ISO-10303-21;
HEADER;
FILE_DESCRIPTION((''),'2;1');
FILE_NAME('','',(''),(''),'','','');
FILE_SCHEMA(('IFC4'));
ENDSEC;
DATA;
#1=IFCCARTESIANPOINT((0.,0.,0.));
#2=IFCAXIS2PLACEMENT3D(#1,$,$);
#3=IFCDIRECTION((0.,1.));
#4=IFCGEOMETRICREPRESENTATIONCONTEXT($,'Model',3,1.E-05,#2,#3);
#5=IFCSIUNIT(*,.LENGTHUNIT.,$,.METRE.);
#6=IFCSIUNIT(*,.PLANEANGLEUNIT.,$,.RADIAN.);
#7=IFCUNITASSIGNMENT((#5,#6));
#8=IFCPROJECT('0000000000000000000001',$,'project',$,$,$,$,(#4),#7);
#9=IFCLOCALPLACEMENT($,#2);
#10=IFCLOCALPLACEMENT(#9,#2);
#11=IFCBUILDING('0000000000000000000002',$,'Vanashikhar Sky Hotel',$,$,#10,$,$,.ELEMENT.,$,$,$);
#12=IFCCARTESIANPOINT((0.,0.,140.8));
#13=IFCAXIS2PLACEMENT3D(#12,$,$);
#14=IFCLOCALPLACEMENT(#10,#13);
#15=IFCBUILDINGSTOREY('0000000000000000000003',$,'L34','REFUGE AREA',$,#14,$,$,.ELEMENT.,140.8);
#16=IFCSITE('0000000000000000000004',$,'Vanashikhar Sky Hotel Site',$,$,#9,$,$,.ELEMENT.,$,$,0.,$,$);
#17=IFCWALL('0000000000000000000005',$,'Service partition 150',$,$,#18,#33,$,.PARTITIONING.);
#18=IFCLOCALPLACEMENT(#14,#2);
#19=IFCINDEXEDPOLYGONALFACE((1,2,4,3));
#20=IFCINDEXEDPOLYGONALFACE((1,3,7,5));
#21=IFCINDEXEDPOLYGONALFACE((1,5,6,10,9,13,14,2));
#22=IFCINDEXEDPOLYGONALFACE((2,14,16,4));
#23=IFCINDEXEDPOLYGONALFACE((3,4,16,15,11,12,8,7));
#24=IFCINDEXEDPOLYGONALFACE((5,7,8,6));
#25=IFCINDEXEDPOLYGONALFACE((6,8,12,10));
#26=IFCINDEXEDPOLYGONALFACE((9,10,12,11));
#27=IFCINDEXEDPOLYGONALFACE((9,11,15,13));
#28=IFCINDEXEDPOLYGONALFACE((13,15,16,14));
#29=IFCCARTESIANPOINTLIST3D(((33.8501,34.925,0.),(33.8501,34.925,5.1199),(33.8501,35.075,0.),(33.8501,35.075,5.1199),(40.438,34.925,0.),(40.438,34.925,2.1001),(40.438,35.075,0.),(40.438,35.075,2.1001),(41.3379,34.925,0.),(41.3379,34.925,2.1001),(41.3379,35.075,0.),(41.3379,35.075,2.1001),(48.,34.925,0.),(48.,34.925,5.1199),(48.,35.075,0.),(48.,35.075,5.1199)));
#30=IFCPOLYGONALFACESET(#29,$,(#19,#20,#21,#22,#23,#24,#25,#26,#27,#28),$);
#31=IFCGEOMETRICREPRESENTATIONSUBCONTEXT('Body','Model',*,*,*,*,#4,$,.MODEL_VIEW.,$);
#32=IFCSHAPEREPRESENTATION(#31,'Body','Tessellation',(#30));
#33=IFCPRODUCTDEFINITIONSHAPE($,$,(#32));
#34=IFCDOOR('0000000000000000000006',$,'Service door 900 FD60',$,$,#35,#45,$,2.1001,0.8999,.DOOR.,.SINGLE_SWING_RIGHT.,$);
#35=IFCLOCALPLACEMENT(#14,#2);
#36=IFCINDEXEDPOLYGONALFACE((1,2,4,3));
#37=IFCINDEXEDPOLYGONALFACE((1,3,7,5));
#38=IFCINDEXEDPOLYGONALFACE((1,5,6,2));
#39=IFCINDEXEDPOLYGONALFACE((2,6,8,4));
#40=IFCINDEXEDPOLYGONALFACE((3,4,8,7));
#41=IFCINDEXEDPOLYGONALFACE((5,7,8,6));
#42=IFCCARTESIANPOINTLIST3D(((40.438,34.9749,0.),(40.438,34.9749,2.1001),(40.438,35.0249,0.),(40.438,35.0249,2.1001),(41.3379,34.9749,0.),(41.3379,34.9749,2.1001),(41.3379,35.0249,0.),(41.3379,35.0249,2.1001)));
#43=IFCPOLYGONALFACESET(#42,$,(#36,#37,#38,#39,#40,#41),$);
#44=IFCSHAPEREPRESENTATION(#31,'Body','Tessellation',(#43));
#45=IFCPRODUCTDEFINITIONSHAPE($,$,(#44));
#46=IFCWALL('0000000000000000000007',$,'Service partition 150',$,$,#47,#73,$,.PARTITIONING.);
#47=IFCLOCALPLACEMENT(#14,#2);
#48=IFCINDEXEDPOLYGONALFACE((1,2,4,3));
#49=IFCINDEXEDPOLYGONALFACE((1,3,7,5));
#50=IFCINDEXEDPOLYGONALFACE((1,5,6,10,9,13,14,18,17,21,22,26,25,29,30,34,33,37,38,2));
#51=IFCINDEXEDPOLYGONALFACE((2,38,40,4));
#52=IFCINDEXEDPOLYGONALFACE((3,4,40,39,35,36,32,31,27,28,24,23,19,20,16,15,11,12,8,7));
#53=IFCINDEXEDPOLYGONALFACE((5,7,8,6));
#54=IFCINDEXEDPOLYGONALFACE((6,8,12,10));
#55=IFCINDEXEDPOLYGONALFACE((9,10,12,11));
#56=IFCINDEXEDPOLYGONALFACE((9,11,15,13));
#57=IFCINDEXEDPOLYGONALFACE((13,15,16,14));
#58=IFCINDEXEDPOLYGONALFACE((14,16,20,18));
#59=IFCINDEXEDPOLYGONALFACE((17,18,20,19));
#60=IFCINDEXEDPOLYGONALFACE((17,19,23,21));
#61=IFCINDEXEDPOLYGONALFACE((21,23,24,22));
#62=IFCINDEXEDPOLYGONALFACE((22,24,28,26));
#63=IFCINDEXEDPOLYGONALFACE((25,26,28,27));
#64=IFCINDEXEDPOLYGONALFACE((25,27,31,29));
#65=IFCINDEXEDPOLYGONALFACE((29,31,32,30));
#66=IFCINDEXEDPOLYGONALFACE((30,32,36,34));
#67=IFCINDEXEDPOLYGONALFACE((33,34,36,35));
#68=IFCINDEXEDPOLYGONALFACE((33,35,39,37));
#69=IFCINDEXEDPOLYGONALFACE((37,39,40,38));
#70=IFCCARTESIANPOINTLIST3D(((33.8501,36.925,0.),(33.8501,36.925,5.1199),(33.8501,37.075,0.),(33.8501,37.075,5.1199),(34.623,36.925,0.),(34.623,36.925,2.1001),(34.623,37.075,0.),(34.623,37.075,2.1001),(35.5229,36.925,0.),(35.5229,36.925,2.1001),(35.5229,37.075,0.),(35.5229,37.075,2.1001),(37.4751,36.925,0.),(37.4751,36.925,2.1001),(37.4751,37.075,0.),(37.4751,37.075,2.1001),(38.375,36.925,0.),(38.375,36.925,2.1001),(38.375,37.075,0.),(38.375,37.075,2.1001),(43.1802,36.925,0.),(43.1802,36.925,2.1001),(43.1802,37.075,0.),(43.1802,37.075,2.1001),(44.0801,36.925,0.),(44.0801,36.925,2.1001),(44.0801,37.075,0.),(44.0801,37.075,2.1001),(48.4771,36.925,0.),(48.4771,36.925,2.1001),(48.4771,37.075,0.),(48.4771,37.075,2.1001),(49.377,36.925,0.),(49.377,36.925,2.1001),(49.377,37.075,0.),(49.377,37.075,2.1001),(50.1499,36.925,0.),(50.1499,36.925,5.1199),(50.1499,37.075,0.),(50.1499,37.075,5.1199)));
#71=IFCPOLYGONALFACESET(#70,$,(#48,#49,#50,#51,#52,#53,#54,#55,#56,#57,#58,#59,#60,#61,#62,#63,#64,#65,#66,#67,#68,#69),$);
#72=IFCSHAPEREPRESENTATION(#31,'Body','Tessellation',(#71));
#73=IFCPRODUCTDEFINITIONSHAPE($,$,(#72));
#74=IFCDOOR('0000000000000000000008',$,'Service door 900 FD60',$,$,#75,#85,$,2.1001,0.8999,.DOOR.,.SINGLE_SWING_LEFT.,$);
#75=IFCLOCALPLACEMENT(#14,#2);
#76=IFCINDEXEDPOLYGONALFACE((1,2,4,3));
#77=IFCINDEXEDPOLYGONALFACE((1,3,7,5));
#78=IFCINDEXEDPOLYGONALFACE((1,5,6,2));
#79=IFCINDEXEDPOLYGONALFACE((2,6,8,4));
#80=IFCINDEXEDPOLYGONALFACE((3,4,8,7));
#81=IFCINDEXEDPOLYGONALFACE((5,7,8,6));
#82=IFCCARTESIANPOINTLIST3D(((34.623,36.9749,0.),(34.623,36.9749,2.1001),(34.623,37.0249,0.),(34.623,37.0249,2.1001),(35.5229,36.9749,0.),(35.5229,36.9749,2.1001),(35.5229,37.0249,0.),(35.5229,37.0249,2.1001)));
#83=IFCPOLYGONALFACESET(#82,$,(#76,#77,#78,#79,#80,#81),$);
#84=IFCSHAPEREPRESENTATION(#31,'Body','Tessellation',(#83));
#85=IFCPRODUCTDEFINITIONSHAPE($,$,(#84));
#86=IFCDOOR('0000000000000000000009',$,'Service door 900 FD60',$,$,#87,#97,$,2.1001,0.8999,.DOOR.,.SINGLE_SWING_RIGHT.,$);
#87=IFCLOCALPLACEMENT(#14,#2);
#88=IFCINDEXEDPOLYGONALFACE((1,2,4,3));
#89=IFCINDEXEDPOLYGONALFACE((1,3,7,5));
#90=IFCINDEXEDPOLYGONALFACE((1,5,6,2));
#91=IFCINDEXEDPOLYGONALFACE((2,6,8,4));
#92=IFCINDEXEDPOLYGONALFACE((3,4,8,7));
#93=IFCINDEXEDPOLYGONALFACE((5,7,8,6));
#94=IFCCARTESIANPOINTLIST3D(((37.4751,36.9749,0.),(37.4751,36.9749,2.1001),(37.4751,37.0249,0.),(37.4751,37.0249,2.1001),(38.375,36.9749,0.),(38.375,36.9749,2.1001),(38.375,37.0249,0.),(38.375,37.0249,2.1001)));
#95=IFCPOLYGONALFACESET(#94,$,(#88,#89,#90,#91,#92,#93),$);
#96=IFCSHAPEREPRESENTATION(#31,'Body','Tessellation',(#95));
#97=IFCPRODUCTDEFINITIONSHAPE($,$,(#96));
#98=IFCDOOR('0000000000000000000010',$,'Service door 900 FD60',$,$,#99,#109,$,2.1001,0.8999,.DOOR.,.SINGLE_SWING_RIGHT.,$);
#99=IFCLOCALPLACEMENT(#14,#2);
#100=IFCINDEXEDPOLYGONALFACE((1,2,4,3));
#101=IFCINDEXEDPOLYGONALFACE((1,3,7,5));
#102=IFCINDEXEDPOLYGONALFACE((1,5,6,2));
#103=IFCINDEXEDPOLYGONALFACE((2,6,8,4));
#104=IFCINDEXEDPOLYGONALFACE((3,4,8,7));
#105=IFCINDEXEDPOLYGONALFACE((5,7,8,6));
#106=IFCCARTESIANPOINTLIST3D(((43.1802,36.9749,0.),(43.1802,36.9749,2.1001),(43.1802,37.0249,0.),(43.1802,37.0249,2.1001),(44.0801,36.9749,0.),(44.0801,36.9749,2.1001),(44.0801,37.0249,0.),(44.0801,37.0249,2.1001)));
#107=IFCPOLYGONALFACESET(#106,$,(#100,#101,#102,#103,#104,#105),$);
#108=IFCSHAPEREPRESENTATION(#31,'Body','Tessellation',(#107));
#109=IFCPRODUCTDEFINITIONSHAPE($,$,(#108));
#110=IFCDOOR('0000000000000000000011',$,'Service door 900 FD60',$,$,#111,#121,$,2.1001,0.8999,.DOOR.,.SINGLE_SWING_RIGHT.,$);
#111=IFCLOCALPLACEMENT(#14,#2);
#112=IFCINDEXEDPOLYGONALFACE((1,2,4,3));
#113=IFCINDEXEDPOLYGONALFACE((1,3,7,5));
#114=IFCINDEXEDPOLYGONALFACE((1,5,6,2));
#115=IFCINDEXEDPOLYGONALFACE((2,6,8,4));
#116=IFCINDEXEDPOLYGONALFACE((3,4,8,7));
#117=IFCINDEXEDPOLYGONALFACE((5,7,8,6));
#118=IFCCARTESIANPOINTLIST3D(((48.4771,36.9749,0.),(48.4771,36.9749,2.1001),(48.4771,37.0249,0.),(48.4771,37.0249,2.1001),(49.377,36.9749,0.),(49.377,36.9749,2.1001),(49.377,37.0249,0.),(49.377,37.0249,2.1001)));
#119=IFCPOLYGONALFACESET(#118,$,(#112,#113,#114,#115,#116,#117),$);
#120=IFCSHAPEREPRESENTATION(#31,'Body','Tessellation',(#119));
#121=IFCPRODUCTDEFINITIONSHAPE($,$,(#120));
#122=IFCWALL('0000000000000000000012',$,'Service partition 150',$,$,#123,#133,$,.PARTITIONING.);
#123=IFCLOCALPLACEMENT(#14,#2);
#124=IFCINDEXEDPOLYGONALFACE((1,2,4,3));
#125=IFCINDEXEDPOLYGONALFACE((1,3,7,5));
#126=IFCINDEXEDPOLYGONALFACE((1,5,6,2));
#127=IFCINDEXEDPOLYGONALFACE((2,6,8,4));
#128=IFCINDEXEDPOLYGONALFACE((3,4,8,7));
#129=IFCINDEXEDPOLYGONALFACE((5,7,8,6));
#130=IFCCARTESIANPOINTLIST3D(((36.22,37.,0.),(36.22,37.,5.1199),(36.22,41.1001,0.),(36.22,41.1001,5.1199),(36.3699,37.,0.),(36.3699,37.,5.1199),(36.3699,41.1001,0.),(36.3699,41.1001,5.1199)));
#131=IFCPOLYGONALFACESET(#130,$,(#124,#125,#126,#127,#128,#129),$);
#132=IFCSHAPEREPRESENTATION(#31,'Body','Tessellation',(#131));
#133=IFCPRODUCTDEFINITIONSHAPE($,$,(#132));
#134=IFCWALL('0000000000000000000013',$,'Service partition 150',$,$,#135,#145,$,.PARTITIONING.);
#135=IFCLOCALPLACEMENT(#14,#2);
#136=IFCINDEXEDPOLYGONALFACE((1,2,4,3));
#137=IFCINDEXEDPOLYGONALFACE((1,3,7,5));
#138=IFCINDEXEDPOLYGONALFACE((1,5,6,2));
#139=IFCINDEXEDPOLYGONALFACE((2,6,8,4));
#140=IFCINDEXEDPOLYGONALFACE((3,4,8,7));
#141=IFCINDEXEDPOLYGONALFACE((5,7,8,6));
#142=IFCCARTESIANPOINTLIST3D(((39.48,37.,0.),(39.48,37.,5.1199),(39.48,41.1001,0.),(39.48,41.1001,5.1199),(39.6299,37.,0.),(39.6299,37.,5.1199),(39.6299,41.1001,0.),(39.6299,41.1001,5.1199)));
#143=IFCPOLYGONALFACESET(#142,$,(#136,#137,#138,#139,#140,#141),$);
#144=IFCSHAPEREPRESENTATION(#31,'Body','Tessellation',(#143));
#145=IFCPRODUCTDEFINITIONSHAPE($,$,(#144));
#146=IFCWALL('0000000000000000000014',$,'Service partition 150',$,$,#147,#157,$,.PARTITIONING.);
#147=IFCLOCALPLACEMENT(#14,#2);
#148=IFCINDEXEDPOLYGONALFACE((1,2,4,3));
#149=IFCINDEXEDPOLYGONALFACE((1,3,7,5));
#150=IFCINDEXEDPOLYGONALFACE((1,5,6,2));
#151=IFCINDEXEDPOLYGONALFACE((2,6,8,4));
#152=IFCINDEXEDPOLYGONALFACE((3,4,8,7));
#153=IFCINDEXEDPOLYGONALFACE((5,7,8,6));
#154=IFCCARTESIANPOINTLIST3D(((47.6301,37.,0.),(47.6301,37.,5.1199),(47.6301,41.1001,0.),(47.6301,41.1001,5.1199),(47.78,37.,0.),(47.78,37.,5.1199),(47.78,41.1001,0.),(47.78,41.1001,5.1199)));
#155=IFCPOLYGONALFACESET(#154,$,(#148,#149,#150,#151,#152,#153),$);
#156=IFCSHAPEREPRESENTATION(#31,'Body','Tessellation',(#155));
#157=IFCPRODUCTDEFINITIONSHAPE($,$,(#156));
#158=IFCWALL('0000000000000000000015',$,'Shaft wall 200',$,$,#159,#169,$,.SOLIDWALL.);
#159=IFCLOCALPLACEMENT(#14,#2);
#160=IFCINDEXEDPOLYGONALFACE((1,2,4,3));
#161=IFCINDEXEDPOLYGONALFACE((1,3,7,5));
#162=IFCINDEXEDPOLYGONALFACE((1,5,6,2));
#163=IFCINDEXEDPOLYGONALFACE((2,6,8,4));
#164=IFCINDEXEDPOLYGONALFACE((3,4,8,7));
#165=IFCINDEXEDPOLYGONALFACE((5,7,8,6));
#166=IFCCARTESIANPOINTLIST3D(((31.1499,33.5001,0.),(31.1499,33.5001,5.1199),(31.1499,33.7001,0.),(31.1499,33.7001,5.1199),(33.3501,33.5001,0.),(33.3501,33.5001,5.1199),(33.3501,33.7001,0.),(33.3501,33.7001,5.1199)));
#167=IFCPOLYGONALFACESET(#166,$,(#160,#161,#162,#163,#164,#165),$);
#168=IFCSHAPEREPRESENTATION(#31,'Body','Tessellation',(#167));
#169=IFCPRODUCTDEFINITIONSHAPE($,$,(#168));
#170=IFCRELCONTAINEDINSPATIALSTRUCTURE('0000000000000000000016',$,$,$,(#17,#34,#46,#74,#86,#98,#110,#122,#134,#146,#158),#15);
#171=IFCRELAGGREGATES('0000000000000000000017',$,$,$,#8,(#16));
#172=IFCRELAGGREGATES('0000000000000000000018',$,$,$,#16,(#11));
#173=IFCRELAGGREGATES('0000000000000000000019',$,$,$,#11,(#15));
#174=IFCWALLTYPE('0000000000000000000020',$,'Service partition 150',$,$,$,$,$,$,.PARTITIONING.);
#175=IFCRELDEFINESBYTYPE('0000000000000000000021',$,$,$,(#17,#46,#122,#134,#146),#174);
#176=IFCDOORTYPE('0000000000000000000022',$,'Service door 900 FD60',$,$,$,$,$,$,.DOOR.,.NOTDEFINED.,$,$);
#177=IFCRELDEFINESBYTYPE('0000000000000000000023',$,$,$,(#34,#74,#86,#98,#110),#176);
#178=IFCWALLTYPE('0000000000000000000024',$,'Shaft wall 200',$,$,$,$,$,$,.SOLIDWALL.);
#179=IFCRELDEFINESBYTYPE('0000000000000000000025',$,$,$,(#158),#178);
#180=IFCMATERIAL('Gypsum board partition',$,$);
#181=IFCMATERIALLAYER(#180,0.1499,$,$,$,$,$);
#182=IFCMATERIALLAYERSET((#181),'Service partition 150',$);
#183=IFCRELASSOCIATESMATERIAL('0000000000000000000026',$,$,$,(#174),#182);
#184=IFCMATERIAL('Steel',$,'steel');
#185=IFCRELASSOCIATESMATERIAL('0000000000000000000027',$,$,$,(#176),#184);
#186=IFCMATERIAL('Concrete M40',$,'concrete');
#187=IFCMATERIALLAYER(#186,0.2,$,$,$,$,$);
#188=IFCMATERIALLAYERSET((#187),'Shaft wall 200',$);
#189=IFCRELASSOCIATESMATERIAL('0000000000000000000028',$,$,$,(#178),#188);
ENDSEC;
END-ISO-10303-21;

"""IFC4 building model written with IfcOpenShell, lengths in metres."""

from ifc_helpers import new_model, si_unit, direction, frame, frame_2d, origin, place, context, subcontext, project, spatial, rectangle, extrude, source, transform, mapped, material, layer, layer_set, type_object, element, fill, save


model = new_model("IFC4")

# Units and contexts
model_context = context("Model", 3, precision=1e-05, world=origin(), true_north=direction((0.0, 1.0)))
body_context = subcontext(model_context, "Body", "Model", "MODEL_VIEW")
ifc_project = project(units=[si_unit("LENGTHUNIT", "METRE"), si_unit("PLANEANGLEUNIT", "RADIAN")], contexts=[model_context])

# Site, building, storey
site_placement = place(None, origin())
site = spatial("IfcSite", under=ifc_project, at=site_placement, Name="Vanashikhar Sky Hotel Site", CompositionType="ELEMENT", RefElevation=0.0)
building_placement = place(site_placement, origin())
building = spatial("IfcBuilding", under=site, at=building_placement, Name="Vanashikhar Sky Hotel", CompositionType="ELEMENT")
storey_placement = place(building_placement, frame((0.0, 0.0, 140.8)))
storey = spatial("IfcBuildingStorey", under=building, at=storey_placement, Name="L34", Description="REFUGE AREA", CompositionType="ELEMENT", Elevation=140.8)

# Wall, opening, door
ifc_material_1 = material(Name="Gypsum board partition")
ifc_layer_1 = layer(ifc_material_1, 0.1499)
ifc_layer_set_1 = layer_set([ifc_layer_1], Name="Service partition 150")
wall_type_1 = type_object("IfcWallType", Name="Service partition 150", PredefinedType="PARTITIONING", material=ifc_layer_set_1)
shared_shape_1 = source(origin(), body_context, "Body", "SweptSolid", [
    extrude(rectangle(XDim=14.1499, YDim=0.1499, at=frame_2d((7.075, 0.0))), origin(), (0.0, 0.0, 1.0), 5.1199),
])
wall_1_placement = place(storey_placement, frame((33.8501, 35.0, 0.0), z_axis=(0.0, 0.0, 1.0), x_axis=(1.0, 0.0, 0.0)))
wall_1 = element("IfcWall", 1, at=wall_1_placement, inside=storey, type_object=wall_type_1, Name="Service partition 150", PredefinedType="PARTITIONING", context=body_context, shape_type="MappedRepresentation", body=[
    mapped(shared_shape_1, transform((0.0, 0.0, 0.0), scale=1.0)),
])
shared_shape_2 = source(origin(), body_context, "Body", "SweptSolid", [
    extrude(rectangle(XDim=0.8999, YDim=2.1001, at=frame_2d((0.45, 1.05))), frame((0.0, 0.085, 0.0), z_axis=(0.0, -1.0, 0.0), x_axis=(1.0, 0.0, 0.0)), (0.0, 0.0, 1.0), 0.1699),
])
opening_1_placement = place(wall_1_placement, frame((6.5879, 0.0, 0.0)))
opening_1 = element("IfcOpeningElement", 2, at=opening_1_placement, cuts=wall_1, PredefinedType="OPENING", context=body_context, shape_type="MappedRepresentation", body=[
    mapped(shared_shape_2, transform((0.0, 0.0, 0.0), scale=1.0)),
])
ifc_material_2 = material(Name="Steel", Category="steel")
door_type_1 = type_object("IfcDoorType", Name="Service door 900 FD60", OperationType="NOTDEFINED", PredefinedType="DOOR", material=ifc_material_2)
shared_shape_3 = source(origin(), body_context, "Body", "SweptSolid", [
    extrude(rectangle(XDim=0.8999, YDim=2.1001, at=frame_2d((0.45, 1.05))), frame((0.0, 0.0249, 0.0), z_axis=(0.0, -1.0, 0.0), x_axis=(1.0, 0.0, 0.0)), (0.0, 0.0, 1.0), 0.05),
])
door_1_placement = place(opening_1_placement, origin())
door_1 = element("IfcDoor", 3, at=door_1_placement, inside=storey, type_object=door_type_1, Name="Service door 900 FD60", OperationType="SINGLE_SWING_RIGHT", OverallHeight=2.1001, OverallWidth=0.8999, PredefinedType="DOOR", context=body_context, shape_type="MappedRepresentation", body=[
    mapped(shared_shape_3, transform((0.0, 0.0, 0.0), scale=1.0)),
])
fill(opening_1, door_1)

# Wall, openings, doors
shared_shape_4 = source(origin(), body_context, "Body", "SweptSolid", [
    extrude(rectangle(XDim=16.2998, YDim=0.1499, at=frame_2d((8.1499, 0.0))), origin(), (0.0, 0.0, 1.0), 5.1199),
])
wall_2_placement = place(storey_placement, frame((33.8501, 37.0, 0.0), z_axis=(0.0, 0.0, 1.0), x_axis=(1.0, 0.0, 0.0)))
wall_2 = element("IfcWall", 4, at=wall_2_placement, inside=storey, type_object=wall_type_1, Name="Service partition 150", PredefinedType="PARTITIONING", context=body_context, shape_type="MappedRepresentation", body=[
    mapped(shared_shape_4, transform((0.0, 0.0, 0.0), scale=1.0)),
])
opening_2_placement = place(wall_2_placement, frame((0.7729, 0.0, 0.0)))
opening_2 = element("IfcOpeningElement", 5, at=opening_2_placement, cuts=wall_2, PredefinedType="OPENING", context=body_context, shape_type="MappedRepresentation", body=[
    mapped(shared_shape_2, transform((0.0, 0.0, 0.0), scale=1.0)),
])
opening_3_placement = place(wall_2_placement, frame((3.625, 0.0, 0.0)))
opening_3 = element("IfcOpeningElement", 6, at=opening_3_placement, cuts=wall_2, PredefinedType="OPENING", context=body_context, shape_type="MappedRepresentation", body=[
    mapped(shared_shape_2, transform((0.0, 0.0, 0.0), scale=1.0)),
])
opening_4_placement = place(wall_2_placement, frame((9.3301, 0.0, 0.0)))
opening_4 = element("IfcOpeningElement", 7, at=opening_4_placement, cuts=wall_2, PredefinedType="OPENING", context=body_context, shape_type="MappedRepresentation", body=[
    mapped(shared_shape_2, transform((0.0, 0.0, 0.0), scale=1.0)),
])
opening_5_placement = place(wall_2_placement, frame((14.627, 0.0, 0.0)))
opening_5 = element("IfcOpeningElement", 8, at=opening_5_placement, cuts=wall_2, PredefinedType="OPENING", context=body_context, shape_type="MappedRepresentation", body=[
    mapped(shared_shape_2, transform((0.0, 0.0, 0.0), scale=1.0)),
])
door_2_placement = place(opening_2_placement, origin())
door_2 = element("IfcDoor", 9, at=door_2_placement, inside=storey, type_object=door_type_1, Name="Service door 900 FD60", OperationType="SINGLE_SWING_LEFT", OverallHeight=2.1001, OverallWidth=0.8999, PredefinedType="DOOR", context=body_context, shape_type="MappedRepresentation", body=[
    mapped(shared_shape_3, transform((0.0, 0.0, 0.0), scale=1.0)),
])
fill(opening_2, door_2)
door_3_placement = place(opening_3_placement, origin())
door_3 = element("IfcDoor", 10, at=door_3_placement, inside=storey, type_object=door_type_1, Name="Service door 900 FD60", OperationType="SINGLE_SWING_RIGHT", OverallHeight=2.1001, OverallWidth=0.8999, PredefinedType="DOOR", context=body_context, shape_type="MappedRepresentation", body=[
    mapped(shared_shape_3, transform((0.0, 0.0, 0.0), scale=1.0)),
])
fill(opening_3, door_3)
door_4_placement = place(opening_4_placement, origin())
door_4 = element("IfcDoor", 11, at=door_4_placement, inside=storey, type_object=door_type_1, Name="Service door 900 FD60", OperationType="SINGLE_SWING_RIGHT", OverallHeight=2.1001, OverallWidth=0.8999, PredefinedType="DOOR", context=body_context, shape_type="MappedRepresentation", body=[
    mapped(shared_shape_3, transform((0.0, 0.0, 0.0), scale=1.0)),
])
fill(opening_4, door_4)
door_5_placement = place(opening_5_placement, origin())
door_5 = element("IfcDoor", 12, at=door_5_placement, inside=storey, type_object=door_type_1, Name="Service door 900 FD60", OperationType="SINGLE_SWING_RIGHT", OverallHeight=2.1001, OverallWidth=0.8999, PredefinedType="DOOR", context=body_context, shape_type="MappedRepresentation", body=[
    mapped(shared_shape_3, transform((0.0, 0.0, 0.0), scale=1.0)),
])
fill(opening_5, door_5)

# Walls
shared_shape_5 = source(origin(), body_context, "Body", "SweptSolid", [
    extrude(rectangle(XDim=4.1001, YDim=0.1499, at=frame_2d((2.05, 0.0))), origin(), (0.0, 0.0, 1.0), 5.1199),
])
for number, where, z_axis, x_axis, name in (
    (13, (36.2949, 37.0, 0.0), (0.0, 0.0, 1.0), (0.0, 1.0, 0.0), "Service partition 150"),
    (14, (39.5549, 37.0, 0.0), (0.0, 0.0, 1.0), (0.0, 1.0, 0.0), "Service partition 150"),
    (15, (47.7051, 37.0, 0.0), (0.0, 0.0, 1.0), (0.0, 1.0, 0.0), "Service partition 150"),
):
    element("IfcWall", number, at=place(storey_placement, frame(where, z_axis=z_axis, x_axis=x_axis)), inside=storey, type_object=wall_type_1, Name=name, PredefinedType="PARTITIONING", context=body_context, shape_type="MappedRepresentation", body=[
        mapped(shared_shape_5, transform((0.0, 0.0, 0.0), scale=1.0)),
    ])
ifc_material_3 = material(Name="Concrete M40", Category="concrete")
ifc_layer_2 = layer(ifc_material_3, 0.2)
ifc_layer_set_2 = layer_set([ifc_layer_2], Name="Shaft wall 200")
wall_type_2 = type_object("IfcWallType", Name="Shaft wall 200", PredefinedType="SOLIDWALL", material=ifc_layer_set_2)
shared_shape_6 = source(origin(), body_context, "Body", "SweptSolid", [
    extrude(rectangle(XDim=2.2002, YDim=0.2, at=frame_2d((1.1001, 0.0))), origin(), (0.0, 0.0, 1.0), 5.1199),
])
wall_3_placement = place(storey_placement, frame((31.1499, 33.6001, 0.0), z_axis=(0.0, 0.0, 1.0), x_axis=(1.0, 0.0, 0.0)))
element("IfcWall", 16, at=wall_3_placement, inside=storey, type_object=wall_type_2, Name="Shaft wall 200", PredefinedType="SOLIDWALL", context=body_context, shape_type="MappedRepresentation", body=[
    mapped(shared_shape_6, transform((0.0, 0.0, 0.0), scale=1.0)),
])

save(model, "model.ifc")
